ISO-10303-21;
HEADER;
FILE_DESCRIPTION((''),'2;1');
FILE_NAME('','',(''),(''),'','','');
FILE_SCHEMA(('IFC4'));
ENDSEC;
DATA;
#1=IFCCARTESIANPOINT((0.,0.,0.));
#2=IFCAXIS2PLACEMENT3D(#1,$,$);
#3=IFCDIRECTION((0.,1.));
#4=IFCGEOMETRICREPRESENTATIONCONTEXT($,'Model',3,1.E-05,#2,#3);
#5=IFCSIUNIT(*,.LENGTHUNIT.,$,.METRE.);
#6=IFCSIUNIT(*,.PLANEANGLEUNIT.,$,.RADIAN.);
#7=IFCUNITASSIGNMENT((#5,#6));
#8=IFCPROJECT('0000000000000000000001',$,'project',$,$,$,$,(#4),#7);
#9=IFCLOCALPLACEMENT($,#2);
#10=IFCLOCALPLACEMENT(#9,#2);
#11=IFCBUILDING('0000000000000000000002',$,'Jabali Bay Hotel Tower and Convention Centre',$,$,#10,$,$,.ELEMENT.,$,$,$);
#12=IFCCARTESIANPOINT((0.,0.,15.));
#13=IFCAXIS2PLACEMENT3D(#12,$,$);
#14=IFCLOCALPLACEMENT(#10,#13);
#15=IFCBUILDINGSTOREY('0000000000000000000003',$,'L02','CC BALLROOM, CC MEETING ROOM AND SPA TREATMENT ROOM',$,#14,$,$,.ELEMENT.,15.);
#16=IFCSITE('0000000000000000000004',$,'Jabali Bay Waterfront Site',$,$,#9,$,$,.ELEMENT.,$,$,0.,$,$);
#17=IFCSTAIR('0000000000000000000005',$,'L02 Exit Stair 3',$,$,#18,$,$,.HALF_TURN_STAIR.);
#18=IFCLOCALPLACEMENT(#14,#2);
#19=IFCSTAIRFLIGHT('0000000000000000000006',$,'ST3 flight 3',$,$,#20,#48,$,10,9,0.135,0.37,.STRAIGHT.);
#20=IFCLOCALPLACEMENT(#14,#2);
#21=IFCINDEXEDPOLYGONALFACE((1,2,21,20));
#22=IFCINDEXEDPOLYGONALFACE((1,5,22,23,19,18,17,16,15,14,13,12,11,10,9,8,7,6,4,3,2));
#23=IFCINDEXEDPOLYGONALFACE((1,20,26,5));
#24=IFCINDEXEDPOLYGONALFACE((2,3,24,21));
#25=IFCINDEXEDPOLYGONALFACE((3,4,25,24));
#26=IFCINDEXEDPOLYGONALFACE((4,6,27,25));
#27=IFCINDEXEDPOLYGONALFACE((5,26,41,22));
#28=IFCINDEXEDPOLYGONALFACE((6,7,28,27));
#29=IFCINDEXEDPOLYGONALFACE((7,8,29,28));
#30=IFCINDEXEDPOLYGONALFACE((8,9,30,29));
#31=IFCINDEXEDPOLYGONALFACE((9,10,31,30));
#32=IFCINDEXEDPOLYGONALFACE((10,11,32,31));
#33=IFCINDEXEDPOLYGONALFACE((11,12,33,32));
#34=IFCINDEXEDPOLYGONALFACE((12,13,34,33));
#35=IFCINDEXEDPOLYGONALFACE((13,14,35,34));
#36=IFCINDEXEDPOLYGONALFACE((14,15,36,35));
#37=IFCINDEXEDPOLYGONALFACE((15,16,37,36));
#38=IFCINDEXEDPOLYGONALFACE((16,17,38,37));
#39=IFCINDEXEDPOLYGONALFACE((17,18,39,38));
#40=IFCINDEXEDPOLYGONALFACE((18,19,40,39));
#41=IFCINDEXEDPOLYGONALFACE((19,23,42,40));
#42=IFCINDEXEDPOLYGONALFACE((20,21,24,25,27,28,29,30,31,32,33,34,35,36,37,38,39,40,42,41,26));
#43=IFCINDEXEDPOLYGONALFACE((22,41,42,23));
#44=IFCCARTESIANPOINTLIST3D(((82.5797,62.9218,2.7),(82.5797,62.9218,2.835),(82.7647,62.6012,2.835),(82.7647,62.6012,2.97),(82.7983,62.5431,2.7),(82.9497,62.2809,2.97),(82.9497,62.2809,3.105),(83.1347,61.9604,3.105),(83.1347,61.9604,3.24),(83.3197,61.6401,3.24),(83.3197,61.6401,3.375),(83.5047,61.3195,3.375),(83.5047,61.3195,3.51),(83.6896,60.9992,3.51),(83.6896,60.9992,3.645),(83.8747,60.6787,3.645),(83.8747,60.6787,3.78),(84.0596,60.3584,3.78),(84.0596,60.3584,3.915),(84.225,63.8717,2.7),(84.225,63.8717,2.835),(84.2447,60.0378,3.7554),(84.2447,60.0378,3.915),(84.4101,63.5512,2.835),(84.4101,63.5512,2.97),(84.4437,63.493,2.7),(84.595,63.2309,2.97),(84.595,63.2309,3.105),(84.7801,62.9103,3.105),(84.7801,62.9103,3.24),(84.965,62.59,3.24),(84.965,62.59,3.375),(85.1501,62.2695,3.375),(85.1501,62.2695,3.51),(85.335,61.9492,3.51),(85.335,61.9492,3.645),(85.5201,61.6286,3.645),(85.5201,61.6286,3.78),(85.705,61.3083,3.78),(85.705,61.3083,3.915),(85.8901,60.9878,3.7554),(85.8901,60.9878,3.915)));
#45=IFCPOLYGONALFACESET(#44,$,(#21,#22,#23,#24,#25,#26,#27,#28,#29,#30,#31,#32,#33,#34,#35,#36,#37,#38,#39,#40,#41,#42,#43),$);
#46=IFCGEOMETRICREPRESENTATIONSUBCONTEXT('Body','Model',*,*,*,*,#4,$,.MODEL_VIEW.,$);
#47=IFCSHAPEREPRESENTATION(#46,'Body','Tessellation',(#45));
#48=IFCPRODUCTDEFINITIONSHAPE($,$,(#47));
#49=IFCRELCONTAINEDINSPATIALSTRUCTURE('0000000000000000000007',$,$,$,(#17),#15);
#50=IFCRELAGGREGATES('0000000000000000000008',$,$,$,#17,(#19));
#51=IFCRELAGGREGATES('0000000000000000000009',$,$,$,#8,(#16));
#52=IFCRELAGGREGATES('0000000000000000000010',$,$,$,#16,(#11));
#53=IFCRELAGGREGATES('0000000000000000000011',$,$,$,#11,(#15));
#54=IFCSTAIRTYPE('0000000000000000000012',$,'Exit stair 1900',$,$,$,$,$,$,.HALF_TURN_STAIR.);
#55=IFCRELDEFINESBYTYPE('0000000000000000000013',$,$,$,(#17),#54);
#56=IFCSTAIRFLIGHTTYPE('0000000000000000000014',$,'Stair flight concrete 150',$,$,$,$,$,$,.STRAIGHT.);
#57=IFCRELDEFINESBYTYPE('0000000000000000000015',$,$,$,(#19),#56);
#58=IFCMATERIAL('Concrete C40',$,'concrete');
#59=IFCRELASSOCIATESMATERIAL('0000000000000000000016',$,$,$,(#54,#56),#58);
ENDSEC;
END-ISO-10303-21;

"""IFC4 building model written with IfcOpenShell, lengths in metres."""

from ifc_helpers import new_model, si_unit, direction, frame, origin, place, context, subcontext, project, spatial, polyline, outline, extrude, material, type_object, element, aggregate, save


model = new_model("IFC4")

# Units and contexts
model_context = context("Model", 3, precision=1e-05, world=origin(), true_north=direction((0.0, 1.0)))
body_context = subcontext(model_context, "Body", "Model", "MODEL_VIEW")
ifc_project = project(units=[si_unit("LENGTHUNIT", "METRE"), si_unit("PLANEANGLEUNIT", "RADIAN")], contexts=[model_context])

# Site, building, storey
site_placement = place(None, origin())
site = spatial("IfcSite", under=ifc_project, at=site_placement, Name="Jabali Bay Waterfront Site", CompositionType="ELEMENT", RefElevation=0.0)
building_placement = place(site_placement, origin())
building = spatial("IfcBuilding", under=site, at=building_placement, Name="Jabali Bay Hotel Tower and Convention Centre", CompositionType="ELEMENT")
storey_placement = place(building_placement, frame((0.0, 0.0, 15.0)))
storey = spatial("IfcBuildingStorey", under=building, at=storey_placement, Name="L02", Description="CC BALLROOM, CC MEETING ROOM AND SPA TREATMENT ROOM", CompositionType="ELEMENT", Elevation=15.0)

# Shared definitions
ifc_material_1 = material(Name="Concrete C40", Category="concrete")

# Stair, stair flight
stair_type = type_object("IfcStairType", Name="Exit stair 1900", PredefinedType="HALF_TURN_STAIR", material=ifc_material_1)
stair_placement = place(storey_placement, origin())
stair = element("IfcStair", 1, at=stair_placement, inside=storey, type_object=stair_type, Name="L02 Exit Stair 3", PredefinedType="HALF_TURN_STAIR")
stair_flight_type = type_object("IfcStairFlightType", Name="Stair flight concrete 150", PredefinedType="STRAIGHT", material=ifc_material_1)
stair_flight_1_placement = place(storey_placement, frame((83.4023, 63.3967, 2.7), z_axis=(0.0, 0.0, 1.0), x_axis=(0.5, -0.866025, 0.0)))
stair_flight_1 = element("IfcStairFlight", 2, at=stair_flight_1_placement, type_object=stair_flight_type, Name="ST3 flight 3", NumberOfRisers=10, NumberOfTreads=9, PredefinedType="STRAIGHT", RiserHeight=0.135, TreadLength=0.37, context=body_context, shape_type="SweptSolid", body=[
    extrude(outline(polyline([(0.0, 0.0), (0.0, 0.135), (0.3701, 0.135), (0.3701, 0.27), (0.74, 0.27), (0.74, 0.405), (1.1101, 0.405), (1.1101, 0.54), (1.48, 0.54), (1.48, 0.675), (1.8501, 0.675), (1.8501, 0.8101), (2.22, 0.8101), (2.22, 0.9451), (2.5901, 0.9451), (2.5901, 1.0801), (2.96, 1.0801), (2.96, 1.2151), (3.3301, 1.2151), (3.3301, 1.3501), (3.3301, 1.0554), (0.4373, 0.0), (0.0, 0.0)])), frame((0.0, 0.95, 0.0), z_axis=(0.0, -1.0, 0.0), x_axis=(1.0, 0.0, 0.0)), (0.0, 0.0, 1.0), 1.8999),
])
aggregate(stair, [stair_flight_1])

save(model, "model.ifc")
